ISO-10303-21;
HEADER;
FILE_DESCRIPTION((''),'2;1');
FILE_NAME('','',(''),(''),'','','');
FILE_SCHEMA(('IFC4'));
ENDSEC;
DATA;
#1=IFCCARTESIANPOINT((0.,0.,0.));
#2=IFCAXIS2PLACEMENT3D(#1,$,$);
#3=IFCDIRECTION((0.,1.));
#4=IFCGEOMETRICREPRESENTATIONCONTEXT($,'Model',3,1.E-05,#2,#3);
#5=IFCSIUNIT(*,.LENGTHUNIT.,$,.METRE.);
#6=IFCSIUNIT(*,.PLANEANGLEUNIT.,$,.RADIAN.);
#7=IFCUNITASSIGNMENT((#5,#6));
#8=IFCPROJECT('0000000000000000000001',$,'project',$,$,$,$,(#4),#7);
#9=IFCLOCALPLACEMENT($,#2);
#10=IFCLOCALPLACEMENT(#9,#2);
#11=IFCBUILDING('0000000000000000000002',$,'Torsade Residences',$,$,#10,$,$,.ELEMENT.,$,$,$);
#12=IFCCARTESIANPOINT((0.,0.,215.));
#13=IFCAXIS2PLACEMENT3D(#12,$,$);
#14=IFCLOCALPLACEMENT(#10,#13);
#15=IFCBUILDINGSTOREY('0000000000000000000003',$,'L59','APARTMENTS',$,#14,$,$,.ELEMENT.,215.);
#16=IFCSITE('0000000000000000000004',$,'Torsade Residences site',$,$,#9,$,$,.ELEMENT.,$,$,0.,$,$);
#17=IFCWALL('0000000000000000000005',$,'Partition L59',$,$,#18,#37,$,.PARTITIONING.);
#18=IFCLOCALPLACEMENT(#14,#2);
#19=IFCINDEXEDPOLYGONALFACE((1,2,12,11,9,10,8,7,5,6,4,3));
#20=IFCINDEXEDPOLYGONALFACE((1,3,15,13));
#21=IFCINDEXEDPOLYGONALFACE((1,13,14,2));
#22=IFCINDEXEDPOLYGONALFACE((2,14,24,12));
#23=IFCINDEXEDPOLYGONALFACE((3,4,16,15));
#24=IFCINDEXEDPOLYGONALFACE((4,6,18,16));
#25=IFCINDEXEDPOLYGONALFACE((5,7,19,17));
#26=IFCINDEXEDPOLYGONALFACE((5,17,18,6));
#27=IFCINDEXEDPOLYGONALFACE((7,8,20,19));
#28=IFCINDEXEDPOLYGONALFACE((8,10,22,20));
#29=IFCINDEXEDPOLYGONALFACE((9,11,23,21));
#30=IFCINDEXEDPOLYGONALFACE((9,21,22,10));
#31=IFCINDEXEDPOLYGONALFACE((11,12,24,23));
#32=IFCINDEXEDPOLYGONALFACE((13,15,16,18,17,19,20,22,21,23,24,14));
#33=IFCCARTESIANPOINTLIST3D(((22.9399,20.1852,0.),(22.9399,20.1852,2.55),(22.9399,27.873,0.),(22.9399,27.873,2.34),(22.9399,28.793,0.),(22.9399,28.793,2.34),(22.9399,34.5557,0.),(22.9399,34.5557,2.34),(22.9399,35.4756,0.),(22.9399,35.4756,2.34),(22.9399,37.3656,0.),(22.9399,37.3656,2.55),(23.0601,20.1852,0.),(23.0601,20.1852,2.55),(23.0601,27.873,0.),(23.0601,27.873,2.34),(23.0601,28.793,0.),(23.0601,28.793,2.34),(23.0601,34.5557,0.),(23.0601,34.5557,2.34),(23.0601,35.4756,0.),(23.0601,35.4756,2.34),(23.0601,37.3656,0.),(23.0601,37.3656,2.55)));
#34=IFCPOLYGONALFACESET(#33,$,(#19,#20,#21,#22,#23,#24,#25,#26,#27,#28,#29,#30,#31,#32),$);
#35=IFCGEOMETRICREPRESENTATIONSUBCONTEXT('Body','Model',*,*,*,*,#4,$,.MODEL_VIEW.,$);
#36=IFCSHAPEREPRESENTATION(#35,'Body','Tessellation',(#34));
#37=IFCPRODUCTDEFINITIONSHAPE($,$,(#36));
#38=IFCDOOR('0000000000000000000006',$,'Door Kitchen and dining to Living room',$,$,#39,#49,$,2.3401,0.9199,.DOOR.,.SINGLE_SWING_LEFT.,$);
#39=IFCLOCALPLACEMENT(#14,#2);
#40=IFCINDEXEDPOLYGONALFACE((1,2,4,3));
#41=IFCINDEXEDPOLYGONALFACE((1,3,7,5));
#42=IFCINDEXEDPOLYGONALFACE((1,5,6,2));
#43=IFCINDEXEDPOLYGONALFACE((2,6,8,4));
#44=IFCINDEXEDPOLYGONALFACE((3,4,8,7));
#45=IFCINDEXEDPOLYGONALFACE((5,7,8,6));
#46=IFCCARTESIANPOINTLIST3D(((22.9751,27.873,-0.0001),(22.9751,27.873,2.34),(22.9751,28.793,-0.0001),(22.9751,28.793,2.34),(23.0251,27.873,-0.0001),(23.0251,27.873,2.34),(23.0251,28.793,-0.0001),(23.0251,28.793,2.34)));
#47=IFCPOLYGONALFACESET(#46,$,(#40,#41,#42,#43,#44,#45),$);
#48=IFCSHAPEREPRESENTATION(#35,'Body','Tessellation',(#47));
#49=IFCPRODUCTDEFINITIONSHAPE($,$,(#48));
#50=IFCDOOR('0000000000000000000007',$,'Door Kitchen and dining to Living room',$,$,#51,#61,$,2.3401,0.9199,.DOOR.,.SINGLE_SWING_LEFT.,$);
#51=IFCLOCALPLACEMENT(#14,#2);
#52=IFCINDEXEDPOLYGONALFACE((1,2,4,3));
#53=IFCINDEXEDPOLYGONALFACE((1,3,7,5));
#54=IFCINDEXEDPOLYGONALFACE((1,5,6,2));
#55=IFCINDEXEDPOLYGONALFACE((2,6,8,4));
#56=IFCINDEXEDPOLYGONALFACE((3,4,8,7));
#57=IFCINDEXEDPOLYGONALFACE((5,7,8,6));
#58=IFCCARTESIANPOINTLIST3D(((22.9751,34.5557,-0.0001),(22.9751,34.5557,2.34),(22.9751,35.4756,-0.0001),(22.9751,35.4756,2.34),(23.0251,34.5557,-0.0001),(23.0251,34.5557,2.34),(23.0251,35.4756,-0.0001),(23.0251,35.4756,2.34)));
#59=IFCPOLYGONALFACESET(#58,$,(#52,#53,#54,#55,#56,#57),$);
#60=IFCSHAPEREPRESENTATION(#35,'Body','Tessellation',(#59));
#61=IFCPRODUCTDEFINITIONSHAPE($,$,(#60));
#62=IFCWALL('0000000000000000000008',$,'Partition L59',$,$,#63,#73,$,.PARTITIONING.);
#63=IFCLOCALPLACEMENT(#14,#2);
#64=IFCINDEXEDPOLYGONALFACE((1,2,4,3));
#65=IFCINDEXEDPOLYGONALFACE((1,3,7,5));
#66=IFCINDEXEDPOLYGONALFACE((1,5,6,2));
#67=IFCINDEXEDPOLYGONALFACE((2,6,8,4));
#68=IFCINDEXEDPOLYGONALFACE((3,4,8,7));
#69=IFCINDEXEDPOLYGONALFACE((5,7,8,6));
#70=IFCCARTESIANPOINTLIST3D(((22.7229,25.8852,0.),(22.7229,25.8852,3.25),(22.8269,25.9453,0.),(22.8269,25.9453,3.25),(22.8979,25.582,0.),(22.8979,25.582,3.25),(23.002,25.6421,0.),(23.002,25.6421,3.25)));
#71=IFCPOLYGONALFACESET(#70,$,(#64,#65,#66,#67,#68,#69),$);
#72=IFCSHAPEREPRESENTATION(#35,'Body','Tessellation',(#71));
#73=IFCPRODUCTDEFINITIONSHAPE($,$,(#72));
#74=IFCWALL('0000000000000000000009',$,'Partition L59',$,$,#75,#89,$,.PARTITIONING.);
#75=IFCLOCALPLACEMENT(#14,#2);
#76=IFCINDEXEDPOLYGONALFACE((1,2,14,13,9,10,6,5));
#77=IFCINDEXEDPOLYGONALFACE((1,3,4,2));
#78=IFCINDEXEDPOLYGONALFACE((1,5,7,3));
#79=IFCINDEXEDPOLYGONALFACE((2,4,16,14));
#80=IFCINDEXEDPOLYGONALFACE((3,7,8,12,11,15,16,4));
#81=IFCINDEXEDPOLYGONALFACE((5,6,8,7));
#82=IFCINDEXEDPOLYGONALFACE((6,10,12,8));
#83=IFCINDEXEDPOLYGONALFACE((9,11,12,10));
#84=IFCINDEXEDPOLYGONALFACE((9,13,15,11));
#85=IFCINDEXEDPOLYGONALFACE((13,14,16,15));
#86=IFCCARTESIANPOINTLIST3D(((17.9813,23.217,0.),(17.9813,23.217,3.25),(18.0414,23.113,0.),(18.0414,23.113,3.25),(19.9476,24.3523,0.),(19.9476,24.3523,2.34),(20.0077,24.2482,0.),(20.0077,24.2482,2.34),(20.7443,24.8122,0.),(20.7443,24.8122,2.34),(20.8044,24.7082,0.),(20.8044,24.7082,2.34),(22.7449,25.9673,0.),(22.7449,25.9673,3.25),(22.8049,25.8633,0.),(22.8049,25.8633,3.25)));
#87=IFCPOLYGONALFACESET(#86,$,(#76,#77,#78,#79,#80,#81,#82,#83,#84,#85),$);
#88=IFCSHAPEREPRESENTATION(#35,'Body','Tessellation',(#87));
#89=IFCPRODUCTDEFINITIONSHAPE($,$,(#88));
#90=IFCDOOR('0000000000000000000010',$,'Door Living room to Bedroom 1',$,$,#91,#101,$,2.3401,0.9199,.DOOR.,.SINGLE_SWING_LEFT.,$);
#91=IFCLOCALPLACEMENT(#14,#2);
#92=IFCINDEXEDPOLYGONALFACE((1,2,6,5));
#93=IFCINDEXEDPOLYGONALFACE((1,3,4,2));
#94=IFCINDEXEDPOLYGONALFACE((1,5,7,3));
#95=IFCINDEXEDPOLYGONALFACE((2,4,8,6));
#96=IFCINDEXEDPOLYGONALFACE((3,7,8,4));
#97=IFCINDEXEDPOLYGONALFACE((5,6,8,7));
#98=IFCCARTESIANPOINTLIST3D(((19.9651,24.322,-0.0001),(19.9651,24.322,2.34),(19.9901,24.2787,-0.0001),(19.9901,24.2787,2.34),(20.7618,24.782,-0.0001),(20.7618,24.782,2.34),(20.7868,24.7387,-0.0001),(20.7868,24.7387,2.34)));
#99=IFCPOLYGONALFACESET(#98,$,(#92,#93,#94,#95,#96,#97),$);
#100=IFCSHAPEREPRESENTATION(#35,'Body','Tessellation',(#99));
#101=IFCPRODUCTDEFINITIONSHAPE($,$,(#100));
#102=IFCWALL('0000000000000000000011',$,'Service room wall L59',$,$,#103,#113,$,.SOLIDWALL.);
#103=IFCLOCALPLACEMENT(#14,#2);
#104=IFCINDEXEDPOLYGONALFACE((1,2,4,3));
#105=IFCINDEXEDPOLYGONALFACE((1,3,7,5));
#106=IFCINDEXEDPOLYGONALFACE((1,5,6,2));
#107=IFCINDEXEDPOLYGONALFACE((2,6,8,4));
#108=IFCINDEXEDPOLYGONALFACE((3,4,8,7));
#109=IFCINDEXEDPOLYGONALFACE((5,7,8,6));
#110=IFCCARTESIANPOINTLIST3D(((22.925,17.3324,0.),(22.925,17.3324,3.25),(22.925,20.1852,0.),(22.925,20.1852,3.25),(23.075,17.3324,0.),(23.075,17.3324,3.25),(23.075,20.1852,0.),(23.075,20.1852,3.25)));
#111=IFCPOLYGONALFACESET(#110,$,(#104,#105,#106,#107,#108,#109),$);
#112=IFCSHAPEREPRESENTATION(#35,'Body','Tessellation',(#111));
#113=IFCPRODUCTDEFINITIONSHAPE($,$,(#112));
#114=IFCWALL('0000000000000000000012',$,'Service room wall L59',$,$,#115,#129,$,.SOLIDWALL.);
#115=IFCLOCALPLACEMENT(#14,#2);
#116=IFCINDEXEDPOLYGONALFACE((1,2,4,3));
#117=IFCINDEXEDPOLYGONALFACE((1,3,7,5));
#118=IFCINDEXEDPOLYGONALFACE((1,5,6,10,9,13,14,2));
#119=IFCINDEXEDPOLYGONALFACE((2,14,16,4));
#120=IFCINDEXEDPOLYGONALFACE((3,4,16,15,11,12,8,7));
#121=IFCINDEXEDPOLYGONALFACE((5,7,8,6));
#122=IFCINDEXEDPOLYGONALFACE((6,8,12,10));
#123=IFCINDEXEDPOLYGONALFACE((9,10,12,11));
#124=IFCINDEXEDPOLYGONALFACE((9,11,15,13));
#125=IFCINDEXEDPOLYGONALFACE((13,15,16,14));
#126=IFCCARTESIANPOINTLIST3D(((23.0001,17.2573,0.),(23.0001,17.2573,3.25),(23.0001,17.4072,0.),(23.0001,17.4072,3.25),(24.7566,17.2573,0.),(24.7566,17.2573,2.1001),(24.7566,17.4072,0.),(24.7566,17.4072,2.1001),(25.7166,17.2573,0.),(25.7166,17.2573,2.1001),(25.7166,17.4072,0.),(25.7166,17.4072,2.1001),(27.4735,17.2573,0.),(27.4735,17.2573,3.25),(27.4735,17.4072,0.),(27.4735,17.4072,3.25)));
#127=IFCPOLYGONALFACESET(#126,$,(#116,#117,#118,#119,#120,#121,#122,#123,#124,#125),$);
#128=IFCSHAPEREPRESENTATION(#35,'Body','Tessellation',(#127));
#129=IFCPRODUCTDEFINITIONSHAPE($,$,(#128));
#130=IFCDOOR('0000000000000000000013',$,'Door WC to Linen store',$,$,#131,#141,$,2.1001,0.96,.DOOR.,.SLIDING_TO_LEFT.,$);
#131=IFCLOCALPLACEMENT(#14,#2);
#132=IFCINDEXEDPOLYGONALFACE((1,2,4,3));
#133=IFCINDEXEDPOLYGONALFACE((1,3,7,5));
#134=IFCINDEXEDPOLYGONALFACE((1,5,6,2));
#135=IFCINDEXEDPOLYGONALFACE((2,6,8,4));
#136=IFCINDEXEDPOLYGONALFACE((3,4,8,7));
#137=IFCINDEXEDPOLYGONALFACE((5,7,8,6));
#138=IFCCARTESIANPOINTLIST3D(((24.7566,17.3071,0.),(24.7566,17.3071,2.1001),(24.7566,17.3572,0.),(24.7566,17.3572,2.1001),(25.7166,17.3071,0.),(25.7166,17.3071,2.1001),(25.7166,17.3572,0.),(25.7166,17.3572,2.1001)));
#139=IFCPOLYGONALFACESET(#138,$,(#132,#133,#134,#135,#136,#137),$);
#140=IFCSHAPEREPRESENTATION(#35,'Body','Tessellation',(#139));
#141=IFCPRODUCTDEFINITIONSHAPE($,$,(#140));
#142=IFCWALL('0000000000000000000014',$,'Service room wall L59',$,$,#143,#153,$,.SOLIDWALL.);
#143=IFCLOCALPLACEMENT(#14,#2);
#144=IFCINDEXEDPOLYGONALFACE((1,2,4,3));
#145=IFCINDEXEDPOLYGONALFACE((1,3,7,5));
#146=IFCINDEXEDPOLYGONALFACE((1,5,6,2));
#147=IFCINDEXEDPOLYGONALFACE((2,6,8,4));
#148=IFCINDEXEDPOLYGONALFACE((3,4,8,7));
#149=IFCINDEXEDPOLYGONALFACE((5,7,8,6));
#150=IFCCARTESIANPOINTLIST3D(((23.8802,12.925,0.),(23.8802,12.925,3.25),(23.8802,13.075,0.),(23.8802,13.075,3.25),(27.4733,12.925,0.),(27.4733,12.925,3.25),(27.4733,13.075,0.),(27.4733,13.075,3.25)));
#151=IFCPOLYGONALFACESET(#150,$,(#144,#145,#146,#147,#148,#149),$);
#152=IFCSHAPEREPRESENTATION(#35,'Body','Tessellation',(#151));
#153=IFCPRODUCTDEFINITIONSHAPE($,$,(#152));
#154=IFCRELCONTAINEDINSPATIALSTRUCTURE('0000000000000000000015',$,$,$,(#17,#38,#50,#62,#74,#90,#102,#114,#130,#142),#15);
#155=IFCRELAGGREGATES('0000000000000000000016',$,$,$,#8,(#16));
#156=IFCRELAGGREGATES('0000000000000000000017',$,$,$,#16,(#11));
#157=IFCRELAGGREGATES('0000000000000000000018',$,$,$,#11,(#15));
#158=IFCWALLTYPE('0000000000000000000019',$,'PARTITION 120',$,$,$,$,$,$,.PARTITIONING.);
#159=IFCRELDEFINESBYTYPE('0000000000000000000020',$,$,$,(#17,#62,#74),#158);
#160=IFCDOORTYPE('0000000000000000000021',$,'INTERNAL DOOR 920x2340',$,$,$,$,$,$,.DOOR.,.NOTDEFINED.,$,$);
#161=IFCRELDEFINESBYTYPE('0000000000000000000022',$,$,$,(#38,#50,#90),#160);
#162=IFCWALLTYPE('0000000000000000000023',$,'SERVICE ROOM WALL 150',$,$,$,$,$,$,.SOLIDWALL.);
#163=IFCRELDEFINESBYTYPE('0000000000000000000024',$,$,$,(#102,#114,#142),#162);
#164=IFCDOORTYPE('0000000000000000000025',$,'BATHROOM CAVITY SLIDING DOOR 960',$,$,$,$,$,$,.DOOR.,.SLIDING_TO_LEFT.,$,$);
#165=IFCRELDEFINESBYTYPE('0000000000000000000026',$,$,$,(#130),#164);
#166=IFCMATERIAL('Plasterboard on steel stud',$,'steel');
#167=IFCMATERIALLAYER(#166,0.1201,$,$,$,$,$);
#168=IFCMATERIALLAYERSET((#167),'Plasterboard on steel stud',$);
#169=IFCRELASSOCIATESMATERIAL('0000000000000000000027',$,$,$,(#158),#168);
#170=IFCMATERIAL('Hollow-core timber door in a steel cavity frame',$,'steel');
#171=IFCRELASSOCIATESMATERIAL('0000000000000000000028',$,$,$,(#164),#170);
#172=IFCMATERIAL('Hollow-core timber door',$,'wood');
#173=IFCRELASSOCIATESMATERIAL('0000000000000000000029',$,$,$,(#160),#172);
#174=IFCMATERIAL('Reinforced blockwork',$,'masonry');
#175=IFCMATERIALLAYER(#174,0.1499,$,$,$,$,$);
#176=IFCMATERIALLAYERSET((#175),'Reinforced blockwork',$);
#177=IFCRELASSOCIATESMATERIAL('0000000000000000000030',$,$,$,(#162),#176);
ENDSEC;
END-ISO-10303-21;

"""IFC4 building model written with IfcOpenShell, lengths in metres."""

from ifc_helpers import new_model, si_unit, direction, frame, frame_2d, origin, place, context, subcontext, project, spatial, rectangle, extrude, material, layer, layer_set, type_object, element, fill, save


model = new_model("IFC4")

# Units and contexts
model_context = context("Model", 3, precision=1e-05, world=origin(), true_north=direction((0.0, 1.0)))
body_context = subcontext(model_context, "Body", "Model", "MODEL_VIEW")
ifc_project = project(units=[si_unit("LENGTHUNIT", "METRE"), si_unit("PLANEANGLEUNIT", "RADIAN")], contexts=[model_context])

# Site, building, storey
site_placement = place(None, origin())
site = spatial("IfcSite", under=ifc_project, at=site_placement, Name="Torsade Residences site", CompositionType="ELEMENT", RefElevation=0.0)
building_placement = place(site_placement, origin())
building = spatial("IfcBuilding", under=site, at=building_placement, Name="Torsade Residences", CompositionType="ELEMENT")
storey_placement = place(building_placement, frame((0.0, 0.0, 215.0)))
storey = spatial("IfcBuildingStorey", under=building, at=storey_placement, Name="L59", Description="APARTMENTS", CompositionType="ELEMENT", Elevation=215.0)

# Shared definitions
ifc_material_1 = material(Name="Plasterboard on steel stud", Category="steel")
ifc_layer_1 = layer(ifc_material_1, 0.1201)
ifc_layer_set_1 = layer_set([ifc_layer_1], Name="Plasterboard on steel stud")
wall_type_1 = type_object("IfcWallType", Name="PARTITION 120", PredefinedType="PARTITIONING", material=ifc_layer_set_1)
ifc_material_2 = material(Name="Hollow-core timber door in a steel cavity frame", Category="steel")
door_type_1 = type_object("IfcDoorType", Name="BATHROOM CAVITY SLIDING DOOR 960", OperationType="SLIDING_TO_LEFT", PredefinedType="DOOR", material=ifc_material_2)

# Wall, openings, doors
wall_1_placement = place(storey_placement, frame((23.0, 20.1851, 0.0), z_axis=(0.0, 0.0, 1.0), x_axis=(0.0, 1.0, 0.0)))
wall_1 = element("IfcWall", 1, at=wall_1_placement, inside=storey, type_object=wall_type_1, Name="Partition L59", PredefinedType="PARTITIONING", context=body_context, shape_type="SweptSolid", body=[
    extrude(rectangle(XDim=17.1804, YDim=0.1201, at=frame_2d((8.5903, 0.0))), origin(), (0.0, 0.0, 1.0), 2.55),
])
opening_1_placement = place(wall_1_placement, frame((7.688, 0.0, 0.0)))
opening_1 = element("IfcOpeningElement", 2, at=opening_1_placement, cuts=wall_1, PredefinedType="OPENING", context=body_context, shape_type="SweptSolid", body=[
    extrude(rectangle(XDim=0.9199, YDim=2.3401, at=frame_2d((0.46, 1.1699))), frame((0.0, 0.0701, 0.0), z_axis=(0.0, -1.0, 0.0), x_axis=(1.0, 0.0, 0.0)), (0.0, 0.0, 1.0), 0.1401),
])
opening_2_placement = place(wall_1_placement, frame((14.3706, 0.0, 0.0)))
opening_2 = element("IfcOpeningElement", 3, at=opening_2_placement, cuts=wall_1, PredefinedType="OPENING", context=body_context, shape_type="SweptSolid", body=[
    extrude(rectangle(XDim=0.9199, YDim=2.3401, at=frame_2d((0.46, 1.1699))), frame((0.0, 0.0701, 0.0), z_axis=(0.0, -1.0, 0.0), x_axis=(1.0, 0.0, 0.0)), (0.0, 0.0, 1.0), 0.1401),
])
ifc_material_3 = material(Name="Hollow-core timber door", Category="wood")
door_type_2 = type_object("IfcDoorType", Name="INTERNAL DOOR 920x2340", OperationType="NOTDEFINED", PredefinedType="DOOR", material=ifc_material_3)
door_1_placement = place(opening_1_placement, origin())
door_1 = element("IfcDoor", 4, at=door_1_placement, inside=storey, type_object=door_type_2, Name="Door Kitchen and dining to Living room", OperationType="SINGLE_SWING_LEFT", OverallHeight=2.3401, OverallWidth=0.9199, PredefinedType="DOOR", context=body_context, shape_type="SweptSolid", body=[
    extrude(rectangle(XDim=0.9199, YDim=2.3401, at=frame_2d((0.46, 1.1699))), frame((0.0, 0.0249, 0.0), z_axis=(0.0, -1.0, 0.0), x_axis=(1.0, 0.0, 0.0)), (0.0, 0.0, 1.0), 0.05),
])
fill(opening_1, door_1)
door_2_placement = place(opening_2_placement, origin())
door_2 = element("IfcDoor", 5, at=door_2_placement, inside=storey, type_object=door_type_2, Name="Door Kitchen and dining to Living room", OperationType="SINGLE_SWING_LEFT", OverallHeight=2.3401, OverallWidth=0.9199, PredefinedType="DOOR", context=body_context, shape_type="SweptSolid", body=[
    extrude(rectangle(XDim=0.9199, YDim=2.3401, at=frame_2d((0.46, 1.1699))), frame((0.0, 0.0249, 0.0), z_axis=(0.0, -1.0, 0.0), x_axis=(1.0, 0.0, 0.0)), (0.0, 0.0, 1.0), 0.05),
])
fill(opening_2, door_2)

# Wall
wall_2_placement = place(storey_placement, frame((22.95, 25.6121, 0.0), z_axis=(0.0, 0.0, 1.0), x_axis=(-0.499964, 0.866046, 0.0)))
element("IfcWall", 6, at=wall_2_placement, inside=storey, type_object=wall_type_1, Name="Partition L59", PredefinedType="PARTITIONING", context=body_context, shape_type="SweptSolid", body=[
    extrude(rectangle(XDim=0.3501, YDim=0.1201, at=frame_2d((0.175, 0.0))), origin(), (0.0, 0.0, 1.0), 3.25),
])

# Wall, opening, door
wall_3_placement = place(storey_placement, frame((22.7749, 25.9153, 0.0), z_axis=(0.0, 0.0, 1.0), x_axis=(-0.866019, -0.500011, 0.0)))
wall_3 = element("IfcWall", 7, at=wall_3_placement, inside=storey, type_object=wall_type_1, Name="Partition L59", PredefinedType="PARTITIONING", context=body_context, shape_type="SweptSolid", body=[
    extrude(rectangle(XDim=5.5005, YDim=0.1201, at=frame_2d((2.7502, 0.0))), origin(), (0.0, 0.0, 1.0), 3.25),
])
opening_3_placement = place(wall_3_placement, frame((2.3101, 0.0, 0.0)))
opening_3 = element("IfcOpeningElement", 8, at=opening_3_placement, cuts=wall_3, PredefinedType="OPENING", context=body_context, shape_type="SweptSolid", body=[
    extrude(rectangle(XDim=0.9199, YDim=2.3401, at=frame_2d((0.46, 1.1699))), frame((0.0, 0.0701, 0.0), z_axis=(0.0, -1.0, 0.0), x_axis=(1.0, 0.0, 0.0)), (0.0, 0.0, 1.0), 0.1401),
])
door_3_placement = place(opening_3_placement, origin())
door_3 = element("IfcDoor", 9, at=door_3_placement, inside=storey, type_object=door_type_2, Name="Door Living room to Bedroom 1", OperationType="SINGLE_SWING_LEFT", OverallHeight=2.3401, OverallWidth=0.9199, PredefinedType="DOOR", context=body_context, shape_type="SweptSolid", body=[
    extrude(rectangle(XDim=0.9199, YDim=2.3401, at=frame_2d((0.46, 1.1699))), frame((0.0, 0.0249, 0.0), z_axis=(0.0, -1.0, 0.0), x_axis=(1.0, 0.0, 0.0)), (0.0, 0.0, 1.0), 0.05),
])
fill(opening_3, door_3)

# Wall
ifc_material_4 = material(Name="Reinforced blockwork", Category="masonry")
ifc_layer_2 = layer(ifc_material_4, 0.1499)
ifc_layer_set_2 = layer_set([ifc_layer_2], Name="Reinforced blockwork")
wall_type_2 = type_object("IfcWallType", Name="SERVICE ROOM WALL 150", PredefinedType="SOLIDWALL", material=ifc_layer_set_2)
wall_4_placement = place(storey_placement, frame((23.0, 20.1851, 0.0), z_axis=(0.0, 0.0, 1.0), x_axis=(0.0, -1.0, 0.0)))
element("IfcWall", 10, at=wall_4_placement, inside=storey, type_object=wall_type_2, Name="Service room wall L59", PredefinedType="SOLIDWALL", context=body_context, shape_type="SweptSolid", body=[
    extrude(rectangle(XDim=2.8528, YDim=0.1499, at=frame_2d((1.4263, 0.0))), origin(), (0.0, 0.0, 1.0), 3.25),
])

# Wall, opening, door
wall_5_placement = place(storey_placement, frame((23.0, 17.3323, 0.0), z_axis=(0.0, 0.0, 1.0), x_axis=(1.0, 0.0, 0.0)))
wall_5 = element("IfcWall", 11, at=wall_5_placement, inside=storey, type_object=wall_type_2, Name="Service room wall L59", PredefinedType="SOLIDWALL", context=body_context, shape_type="SweptSolid", body=[
    extrude(rectangle(XDim=4.4734, YDim=0.1499, at=frame_2d((2.2368, 0.0))), origin(), (0.0, 0.0, 1.0), 3.25),
])
opening_4_placement = place(wall_5_placement, frame((1.7566, 0.0, 0.0)))
opening_4 = element("IfcOpeningElement", 12, at=opening_4_placement, cuts=wall_5, PredefinedType="OPENING", context=body_context, shape_type="SweptSolid", body=[
    extrude(rectangle(XDim=0.96, YDim=2.1001, at=frame_2d((0.48, 1.05))), frame((0.0, 0.085, 0.0), z_axis=(0.0, -1.0, 0.0), x_axis=(1.0, 0.0, 0.0)), (0.0, 0.0, 1.0), 0.1699),
])
door_4_placement = place(opening_4_placement, origin())
door_4 = element("IfcDoor", 13, at=door_4_placement, inside=storey, type_object=door_type_1, Name="Door WC to Linen store", OperationType="SLIDING_TO_LEFT", OverallHeight=2.1001, OverallWidth=0.96, PredefinedType="DOOR", context=body_context, shape_type="SweptSolid", body=[
    extrude(rectangle(XDim=0.96, YDim=2.1001, at=frame_2d((0.48, 1.05))), frame((0.0, 0.0249, 0.0), z_axis=(0.0, -1.0, 0.0), x_axis=(1.0, 0.0, 0.0)), (0.0, 0.0, 1.0), 0.05),
])
fill(opening_4, door_4)

# Wall
wall_6_placement = place(storey_placement, frame((23.8804, 13.0, 0.0), z_axis=(0.0, 0.0, 1.0), x_axis=(1.0, 0.0, 0.0)))
element("IfcWall", 14, at=wall_6_placement, inside=storey, type_object=wall_type_2, Name="Service room wall L59", PredefinedType="SOLIDWALL", context=body_context, shape_type="SweptSolid", body=[
    extrude(rectangle(XDim=3.593, YDim=0.1499, at=frame_2d((1.7964, 0.0))), origin(), (0.0, 0.0, 1.0), 3.25),
])

save(model, "model.ifc")
